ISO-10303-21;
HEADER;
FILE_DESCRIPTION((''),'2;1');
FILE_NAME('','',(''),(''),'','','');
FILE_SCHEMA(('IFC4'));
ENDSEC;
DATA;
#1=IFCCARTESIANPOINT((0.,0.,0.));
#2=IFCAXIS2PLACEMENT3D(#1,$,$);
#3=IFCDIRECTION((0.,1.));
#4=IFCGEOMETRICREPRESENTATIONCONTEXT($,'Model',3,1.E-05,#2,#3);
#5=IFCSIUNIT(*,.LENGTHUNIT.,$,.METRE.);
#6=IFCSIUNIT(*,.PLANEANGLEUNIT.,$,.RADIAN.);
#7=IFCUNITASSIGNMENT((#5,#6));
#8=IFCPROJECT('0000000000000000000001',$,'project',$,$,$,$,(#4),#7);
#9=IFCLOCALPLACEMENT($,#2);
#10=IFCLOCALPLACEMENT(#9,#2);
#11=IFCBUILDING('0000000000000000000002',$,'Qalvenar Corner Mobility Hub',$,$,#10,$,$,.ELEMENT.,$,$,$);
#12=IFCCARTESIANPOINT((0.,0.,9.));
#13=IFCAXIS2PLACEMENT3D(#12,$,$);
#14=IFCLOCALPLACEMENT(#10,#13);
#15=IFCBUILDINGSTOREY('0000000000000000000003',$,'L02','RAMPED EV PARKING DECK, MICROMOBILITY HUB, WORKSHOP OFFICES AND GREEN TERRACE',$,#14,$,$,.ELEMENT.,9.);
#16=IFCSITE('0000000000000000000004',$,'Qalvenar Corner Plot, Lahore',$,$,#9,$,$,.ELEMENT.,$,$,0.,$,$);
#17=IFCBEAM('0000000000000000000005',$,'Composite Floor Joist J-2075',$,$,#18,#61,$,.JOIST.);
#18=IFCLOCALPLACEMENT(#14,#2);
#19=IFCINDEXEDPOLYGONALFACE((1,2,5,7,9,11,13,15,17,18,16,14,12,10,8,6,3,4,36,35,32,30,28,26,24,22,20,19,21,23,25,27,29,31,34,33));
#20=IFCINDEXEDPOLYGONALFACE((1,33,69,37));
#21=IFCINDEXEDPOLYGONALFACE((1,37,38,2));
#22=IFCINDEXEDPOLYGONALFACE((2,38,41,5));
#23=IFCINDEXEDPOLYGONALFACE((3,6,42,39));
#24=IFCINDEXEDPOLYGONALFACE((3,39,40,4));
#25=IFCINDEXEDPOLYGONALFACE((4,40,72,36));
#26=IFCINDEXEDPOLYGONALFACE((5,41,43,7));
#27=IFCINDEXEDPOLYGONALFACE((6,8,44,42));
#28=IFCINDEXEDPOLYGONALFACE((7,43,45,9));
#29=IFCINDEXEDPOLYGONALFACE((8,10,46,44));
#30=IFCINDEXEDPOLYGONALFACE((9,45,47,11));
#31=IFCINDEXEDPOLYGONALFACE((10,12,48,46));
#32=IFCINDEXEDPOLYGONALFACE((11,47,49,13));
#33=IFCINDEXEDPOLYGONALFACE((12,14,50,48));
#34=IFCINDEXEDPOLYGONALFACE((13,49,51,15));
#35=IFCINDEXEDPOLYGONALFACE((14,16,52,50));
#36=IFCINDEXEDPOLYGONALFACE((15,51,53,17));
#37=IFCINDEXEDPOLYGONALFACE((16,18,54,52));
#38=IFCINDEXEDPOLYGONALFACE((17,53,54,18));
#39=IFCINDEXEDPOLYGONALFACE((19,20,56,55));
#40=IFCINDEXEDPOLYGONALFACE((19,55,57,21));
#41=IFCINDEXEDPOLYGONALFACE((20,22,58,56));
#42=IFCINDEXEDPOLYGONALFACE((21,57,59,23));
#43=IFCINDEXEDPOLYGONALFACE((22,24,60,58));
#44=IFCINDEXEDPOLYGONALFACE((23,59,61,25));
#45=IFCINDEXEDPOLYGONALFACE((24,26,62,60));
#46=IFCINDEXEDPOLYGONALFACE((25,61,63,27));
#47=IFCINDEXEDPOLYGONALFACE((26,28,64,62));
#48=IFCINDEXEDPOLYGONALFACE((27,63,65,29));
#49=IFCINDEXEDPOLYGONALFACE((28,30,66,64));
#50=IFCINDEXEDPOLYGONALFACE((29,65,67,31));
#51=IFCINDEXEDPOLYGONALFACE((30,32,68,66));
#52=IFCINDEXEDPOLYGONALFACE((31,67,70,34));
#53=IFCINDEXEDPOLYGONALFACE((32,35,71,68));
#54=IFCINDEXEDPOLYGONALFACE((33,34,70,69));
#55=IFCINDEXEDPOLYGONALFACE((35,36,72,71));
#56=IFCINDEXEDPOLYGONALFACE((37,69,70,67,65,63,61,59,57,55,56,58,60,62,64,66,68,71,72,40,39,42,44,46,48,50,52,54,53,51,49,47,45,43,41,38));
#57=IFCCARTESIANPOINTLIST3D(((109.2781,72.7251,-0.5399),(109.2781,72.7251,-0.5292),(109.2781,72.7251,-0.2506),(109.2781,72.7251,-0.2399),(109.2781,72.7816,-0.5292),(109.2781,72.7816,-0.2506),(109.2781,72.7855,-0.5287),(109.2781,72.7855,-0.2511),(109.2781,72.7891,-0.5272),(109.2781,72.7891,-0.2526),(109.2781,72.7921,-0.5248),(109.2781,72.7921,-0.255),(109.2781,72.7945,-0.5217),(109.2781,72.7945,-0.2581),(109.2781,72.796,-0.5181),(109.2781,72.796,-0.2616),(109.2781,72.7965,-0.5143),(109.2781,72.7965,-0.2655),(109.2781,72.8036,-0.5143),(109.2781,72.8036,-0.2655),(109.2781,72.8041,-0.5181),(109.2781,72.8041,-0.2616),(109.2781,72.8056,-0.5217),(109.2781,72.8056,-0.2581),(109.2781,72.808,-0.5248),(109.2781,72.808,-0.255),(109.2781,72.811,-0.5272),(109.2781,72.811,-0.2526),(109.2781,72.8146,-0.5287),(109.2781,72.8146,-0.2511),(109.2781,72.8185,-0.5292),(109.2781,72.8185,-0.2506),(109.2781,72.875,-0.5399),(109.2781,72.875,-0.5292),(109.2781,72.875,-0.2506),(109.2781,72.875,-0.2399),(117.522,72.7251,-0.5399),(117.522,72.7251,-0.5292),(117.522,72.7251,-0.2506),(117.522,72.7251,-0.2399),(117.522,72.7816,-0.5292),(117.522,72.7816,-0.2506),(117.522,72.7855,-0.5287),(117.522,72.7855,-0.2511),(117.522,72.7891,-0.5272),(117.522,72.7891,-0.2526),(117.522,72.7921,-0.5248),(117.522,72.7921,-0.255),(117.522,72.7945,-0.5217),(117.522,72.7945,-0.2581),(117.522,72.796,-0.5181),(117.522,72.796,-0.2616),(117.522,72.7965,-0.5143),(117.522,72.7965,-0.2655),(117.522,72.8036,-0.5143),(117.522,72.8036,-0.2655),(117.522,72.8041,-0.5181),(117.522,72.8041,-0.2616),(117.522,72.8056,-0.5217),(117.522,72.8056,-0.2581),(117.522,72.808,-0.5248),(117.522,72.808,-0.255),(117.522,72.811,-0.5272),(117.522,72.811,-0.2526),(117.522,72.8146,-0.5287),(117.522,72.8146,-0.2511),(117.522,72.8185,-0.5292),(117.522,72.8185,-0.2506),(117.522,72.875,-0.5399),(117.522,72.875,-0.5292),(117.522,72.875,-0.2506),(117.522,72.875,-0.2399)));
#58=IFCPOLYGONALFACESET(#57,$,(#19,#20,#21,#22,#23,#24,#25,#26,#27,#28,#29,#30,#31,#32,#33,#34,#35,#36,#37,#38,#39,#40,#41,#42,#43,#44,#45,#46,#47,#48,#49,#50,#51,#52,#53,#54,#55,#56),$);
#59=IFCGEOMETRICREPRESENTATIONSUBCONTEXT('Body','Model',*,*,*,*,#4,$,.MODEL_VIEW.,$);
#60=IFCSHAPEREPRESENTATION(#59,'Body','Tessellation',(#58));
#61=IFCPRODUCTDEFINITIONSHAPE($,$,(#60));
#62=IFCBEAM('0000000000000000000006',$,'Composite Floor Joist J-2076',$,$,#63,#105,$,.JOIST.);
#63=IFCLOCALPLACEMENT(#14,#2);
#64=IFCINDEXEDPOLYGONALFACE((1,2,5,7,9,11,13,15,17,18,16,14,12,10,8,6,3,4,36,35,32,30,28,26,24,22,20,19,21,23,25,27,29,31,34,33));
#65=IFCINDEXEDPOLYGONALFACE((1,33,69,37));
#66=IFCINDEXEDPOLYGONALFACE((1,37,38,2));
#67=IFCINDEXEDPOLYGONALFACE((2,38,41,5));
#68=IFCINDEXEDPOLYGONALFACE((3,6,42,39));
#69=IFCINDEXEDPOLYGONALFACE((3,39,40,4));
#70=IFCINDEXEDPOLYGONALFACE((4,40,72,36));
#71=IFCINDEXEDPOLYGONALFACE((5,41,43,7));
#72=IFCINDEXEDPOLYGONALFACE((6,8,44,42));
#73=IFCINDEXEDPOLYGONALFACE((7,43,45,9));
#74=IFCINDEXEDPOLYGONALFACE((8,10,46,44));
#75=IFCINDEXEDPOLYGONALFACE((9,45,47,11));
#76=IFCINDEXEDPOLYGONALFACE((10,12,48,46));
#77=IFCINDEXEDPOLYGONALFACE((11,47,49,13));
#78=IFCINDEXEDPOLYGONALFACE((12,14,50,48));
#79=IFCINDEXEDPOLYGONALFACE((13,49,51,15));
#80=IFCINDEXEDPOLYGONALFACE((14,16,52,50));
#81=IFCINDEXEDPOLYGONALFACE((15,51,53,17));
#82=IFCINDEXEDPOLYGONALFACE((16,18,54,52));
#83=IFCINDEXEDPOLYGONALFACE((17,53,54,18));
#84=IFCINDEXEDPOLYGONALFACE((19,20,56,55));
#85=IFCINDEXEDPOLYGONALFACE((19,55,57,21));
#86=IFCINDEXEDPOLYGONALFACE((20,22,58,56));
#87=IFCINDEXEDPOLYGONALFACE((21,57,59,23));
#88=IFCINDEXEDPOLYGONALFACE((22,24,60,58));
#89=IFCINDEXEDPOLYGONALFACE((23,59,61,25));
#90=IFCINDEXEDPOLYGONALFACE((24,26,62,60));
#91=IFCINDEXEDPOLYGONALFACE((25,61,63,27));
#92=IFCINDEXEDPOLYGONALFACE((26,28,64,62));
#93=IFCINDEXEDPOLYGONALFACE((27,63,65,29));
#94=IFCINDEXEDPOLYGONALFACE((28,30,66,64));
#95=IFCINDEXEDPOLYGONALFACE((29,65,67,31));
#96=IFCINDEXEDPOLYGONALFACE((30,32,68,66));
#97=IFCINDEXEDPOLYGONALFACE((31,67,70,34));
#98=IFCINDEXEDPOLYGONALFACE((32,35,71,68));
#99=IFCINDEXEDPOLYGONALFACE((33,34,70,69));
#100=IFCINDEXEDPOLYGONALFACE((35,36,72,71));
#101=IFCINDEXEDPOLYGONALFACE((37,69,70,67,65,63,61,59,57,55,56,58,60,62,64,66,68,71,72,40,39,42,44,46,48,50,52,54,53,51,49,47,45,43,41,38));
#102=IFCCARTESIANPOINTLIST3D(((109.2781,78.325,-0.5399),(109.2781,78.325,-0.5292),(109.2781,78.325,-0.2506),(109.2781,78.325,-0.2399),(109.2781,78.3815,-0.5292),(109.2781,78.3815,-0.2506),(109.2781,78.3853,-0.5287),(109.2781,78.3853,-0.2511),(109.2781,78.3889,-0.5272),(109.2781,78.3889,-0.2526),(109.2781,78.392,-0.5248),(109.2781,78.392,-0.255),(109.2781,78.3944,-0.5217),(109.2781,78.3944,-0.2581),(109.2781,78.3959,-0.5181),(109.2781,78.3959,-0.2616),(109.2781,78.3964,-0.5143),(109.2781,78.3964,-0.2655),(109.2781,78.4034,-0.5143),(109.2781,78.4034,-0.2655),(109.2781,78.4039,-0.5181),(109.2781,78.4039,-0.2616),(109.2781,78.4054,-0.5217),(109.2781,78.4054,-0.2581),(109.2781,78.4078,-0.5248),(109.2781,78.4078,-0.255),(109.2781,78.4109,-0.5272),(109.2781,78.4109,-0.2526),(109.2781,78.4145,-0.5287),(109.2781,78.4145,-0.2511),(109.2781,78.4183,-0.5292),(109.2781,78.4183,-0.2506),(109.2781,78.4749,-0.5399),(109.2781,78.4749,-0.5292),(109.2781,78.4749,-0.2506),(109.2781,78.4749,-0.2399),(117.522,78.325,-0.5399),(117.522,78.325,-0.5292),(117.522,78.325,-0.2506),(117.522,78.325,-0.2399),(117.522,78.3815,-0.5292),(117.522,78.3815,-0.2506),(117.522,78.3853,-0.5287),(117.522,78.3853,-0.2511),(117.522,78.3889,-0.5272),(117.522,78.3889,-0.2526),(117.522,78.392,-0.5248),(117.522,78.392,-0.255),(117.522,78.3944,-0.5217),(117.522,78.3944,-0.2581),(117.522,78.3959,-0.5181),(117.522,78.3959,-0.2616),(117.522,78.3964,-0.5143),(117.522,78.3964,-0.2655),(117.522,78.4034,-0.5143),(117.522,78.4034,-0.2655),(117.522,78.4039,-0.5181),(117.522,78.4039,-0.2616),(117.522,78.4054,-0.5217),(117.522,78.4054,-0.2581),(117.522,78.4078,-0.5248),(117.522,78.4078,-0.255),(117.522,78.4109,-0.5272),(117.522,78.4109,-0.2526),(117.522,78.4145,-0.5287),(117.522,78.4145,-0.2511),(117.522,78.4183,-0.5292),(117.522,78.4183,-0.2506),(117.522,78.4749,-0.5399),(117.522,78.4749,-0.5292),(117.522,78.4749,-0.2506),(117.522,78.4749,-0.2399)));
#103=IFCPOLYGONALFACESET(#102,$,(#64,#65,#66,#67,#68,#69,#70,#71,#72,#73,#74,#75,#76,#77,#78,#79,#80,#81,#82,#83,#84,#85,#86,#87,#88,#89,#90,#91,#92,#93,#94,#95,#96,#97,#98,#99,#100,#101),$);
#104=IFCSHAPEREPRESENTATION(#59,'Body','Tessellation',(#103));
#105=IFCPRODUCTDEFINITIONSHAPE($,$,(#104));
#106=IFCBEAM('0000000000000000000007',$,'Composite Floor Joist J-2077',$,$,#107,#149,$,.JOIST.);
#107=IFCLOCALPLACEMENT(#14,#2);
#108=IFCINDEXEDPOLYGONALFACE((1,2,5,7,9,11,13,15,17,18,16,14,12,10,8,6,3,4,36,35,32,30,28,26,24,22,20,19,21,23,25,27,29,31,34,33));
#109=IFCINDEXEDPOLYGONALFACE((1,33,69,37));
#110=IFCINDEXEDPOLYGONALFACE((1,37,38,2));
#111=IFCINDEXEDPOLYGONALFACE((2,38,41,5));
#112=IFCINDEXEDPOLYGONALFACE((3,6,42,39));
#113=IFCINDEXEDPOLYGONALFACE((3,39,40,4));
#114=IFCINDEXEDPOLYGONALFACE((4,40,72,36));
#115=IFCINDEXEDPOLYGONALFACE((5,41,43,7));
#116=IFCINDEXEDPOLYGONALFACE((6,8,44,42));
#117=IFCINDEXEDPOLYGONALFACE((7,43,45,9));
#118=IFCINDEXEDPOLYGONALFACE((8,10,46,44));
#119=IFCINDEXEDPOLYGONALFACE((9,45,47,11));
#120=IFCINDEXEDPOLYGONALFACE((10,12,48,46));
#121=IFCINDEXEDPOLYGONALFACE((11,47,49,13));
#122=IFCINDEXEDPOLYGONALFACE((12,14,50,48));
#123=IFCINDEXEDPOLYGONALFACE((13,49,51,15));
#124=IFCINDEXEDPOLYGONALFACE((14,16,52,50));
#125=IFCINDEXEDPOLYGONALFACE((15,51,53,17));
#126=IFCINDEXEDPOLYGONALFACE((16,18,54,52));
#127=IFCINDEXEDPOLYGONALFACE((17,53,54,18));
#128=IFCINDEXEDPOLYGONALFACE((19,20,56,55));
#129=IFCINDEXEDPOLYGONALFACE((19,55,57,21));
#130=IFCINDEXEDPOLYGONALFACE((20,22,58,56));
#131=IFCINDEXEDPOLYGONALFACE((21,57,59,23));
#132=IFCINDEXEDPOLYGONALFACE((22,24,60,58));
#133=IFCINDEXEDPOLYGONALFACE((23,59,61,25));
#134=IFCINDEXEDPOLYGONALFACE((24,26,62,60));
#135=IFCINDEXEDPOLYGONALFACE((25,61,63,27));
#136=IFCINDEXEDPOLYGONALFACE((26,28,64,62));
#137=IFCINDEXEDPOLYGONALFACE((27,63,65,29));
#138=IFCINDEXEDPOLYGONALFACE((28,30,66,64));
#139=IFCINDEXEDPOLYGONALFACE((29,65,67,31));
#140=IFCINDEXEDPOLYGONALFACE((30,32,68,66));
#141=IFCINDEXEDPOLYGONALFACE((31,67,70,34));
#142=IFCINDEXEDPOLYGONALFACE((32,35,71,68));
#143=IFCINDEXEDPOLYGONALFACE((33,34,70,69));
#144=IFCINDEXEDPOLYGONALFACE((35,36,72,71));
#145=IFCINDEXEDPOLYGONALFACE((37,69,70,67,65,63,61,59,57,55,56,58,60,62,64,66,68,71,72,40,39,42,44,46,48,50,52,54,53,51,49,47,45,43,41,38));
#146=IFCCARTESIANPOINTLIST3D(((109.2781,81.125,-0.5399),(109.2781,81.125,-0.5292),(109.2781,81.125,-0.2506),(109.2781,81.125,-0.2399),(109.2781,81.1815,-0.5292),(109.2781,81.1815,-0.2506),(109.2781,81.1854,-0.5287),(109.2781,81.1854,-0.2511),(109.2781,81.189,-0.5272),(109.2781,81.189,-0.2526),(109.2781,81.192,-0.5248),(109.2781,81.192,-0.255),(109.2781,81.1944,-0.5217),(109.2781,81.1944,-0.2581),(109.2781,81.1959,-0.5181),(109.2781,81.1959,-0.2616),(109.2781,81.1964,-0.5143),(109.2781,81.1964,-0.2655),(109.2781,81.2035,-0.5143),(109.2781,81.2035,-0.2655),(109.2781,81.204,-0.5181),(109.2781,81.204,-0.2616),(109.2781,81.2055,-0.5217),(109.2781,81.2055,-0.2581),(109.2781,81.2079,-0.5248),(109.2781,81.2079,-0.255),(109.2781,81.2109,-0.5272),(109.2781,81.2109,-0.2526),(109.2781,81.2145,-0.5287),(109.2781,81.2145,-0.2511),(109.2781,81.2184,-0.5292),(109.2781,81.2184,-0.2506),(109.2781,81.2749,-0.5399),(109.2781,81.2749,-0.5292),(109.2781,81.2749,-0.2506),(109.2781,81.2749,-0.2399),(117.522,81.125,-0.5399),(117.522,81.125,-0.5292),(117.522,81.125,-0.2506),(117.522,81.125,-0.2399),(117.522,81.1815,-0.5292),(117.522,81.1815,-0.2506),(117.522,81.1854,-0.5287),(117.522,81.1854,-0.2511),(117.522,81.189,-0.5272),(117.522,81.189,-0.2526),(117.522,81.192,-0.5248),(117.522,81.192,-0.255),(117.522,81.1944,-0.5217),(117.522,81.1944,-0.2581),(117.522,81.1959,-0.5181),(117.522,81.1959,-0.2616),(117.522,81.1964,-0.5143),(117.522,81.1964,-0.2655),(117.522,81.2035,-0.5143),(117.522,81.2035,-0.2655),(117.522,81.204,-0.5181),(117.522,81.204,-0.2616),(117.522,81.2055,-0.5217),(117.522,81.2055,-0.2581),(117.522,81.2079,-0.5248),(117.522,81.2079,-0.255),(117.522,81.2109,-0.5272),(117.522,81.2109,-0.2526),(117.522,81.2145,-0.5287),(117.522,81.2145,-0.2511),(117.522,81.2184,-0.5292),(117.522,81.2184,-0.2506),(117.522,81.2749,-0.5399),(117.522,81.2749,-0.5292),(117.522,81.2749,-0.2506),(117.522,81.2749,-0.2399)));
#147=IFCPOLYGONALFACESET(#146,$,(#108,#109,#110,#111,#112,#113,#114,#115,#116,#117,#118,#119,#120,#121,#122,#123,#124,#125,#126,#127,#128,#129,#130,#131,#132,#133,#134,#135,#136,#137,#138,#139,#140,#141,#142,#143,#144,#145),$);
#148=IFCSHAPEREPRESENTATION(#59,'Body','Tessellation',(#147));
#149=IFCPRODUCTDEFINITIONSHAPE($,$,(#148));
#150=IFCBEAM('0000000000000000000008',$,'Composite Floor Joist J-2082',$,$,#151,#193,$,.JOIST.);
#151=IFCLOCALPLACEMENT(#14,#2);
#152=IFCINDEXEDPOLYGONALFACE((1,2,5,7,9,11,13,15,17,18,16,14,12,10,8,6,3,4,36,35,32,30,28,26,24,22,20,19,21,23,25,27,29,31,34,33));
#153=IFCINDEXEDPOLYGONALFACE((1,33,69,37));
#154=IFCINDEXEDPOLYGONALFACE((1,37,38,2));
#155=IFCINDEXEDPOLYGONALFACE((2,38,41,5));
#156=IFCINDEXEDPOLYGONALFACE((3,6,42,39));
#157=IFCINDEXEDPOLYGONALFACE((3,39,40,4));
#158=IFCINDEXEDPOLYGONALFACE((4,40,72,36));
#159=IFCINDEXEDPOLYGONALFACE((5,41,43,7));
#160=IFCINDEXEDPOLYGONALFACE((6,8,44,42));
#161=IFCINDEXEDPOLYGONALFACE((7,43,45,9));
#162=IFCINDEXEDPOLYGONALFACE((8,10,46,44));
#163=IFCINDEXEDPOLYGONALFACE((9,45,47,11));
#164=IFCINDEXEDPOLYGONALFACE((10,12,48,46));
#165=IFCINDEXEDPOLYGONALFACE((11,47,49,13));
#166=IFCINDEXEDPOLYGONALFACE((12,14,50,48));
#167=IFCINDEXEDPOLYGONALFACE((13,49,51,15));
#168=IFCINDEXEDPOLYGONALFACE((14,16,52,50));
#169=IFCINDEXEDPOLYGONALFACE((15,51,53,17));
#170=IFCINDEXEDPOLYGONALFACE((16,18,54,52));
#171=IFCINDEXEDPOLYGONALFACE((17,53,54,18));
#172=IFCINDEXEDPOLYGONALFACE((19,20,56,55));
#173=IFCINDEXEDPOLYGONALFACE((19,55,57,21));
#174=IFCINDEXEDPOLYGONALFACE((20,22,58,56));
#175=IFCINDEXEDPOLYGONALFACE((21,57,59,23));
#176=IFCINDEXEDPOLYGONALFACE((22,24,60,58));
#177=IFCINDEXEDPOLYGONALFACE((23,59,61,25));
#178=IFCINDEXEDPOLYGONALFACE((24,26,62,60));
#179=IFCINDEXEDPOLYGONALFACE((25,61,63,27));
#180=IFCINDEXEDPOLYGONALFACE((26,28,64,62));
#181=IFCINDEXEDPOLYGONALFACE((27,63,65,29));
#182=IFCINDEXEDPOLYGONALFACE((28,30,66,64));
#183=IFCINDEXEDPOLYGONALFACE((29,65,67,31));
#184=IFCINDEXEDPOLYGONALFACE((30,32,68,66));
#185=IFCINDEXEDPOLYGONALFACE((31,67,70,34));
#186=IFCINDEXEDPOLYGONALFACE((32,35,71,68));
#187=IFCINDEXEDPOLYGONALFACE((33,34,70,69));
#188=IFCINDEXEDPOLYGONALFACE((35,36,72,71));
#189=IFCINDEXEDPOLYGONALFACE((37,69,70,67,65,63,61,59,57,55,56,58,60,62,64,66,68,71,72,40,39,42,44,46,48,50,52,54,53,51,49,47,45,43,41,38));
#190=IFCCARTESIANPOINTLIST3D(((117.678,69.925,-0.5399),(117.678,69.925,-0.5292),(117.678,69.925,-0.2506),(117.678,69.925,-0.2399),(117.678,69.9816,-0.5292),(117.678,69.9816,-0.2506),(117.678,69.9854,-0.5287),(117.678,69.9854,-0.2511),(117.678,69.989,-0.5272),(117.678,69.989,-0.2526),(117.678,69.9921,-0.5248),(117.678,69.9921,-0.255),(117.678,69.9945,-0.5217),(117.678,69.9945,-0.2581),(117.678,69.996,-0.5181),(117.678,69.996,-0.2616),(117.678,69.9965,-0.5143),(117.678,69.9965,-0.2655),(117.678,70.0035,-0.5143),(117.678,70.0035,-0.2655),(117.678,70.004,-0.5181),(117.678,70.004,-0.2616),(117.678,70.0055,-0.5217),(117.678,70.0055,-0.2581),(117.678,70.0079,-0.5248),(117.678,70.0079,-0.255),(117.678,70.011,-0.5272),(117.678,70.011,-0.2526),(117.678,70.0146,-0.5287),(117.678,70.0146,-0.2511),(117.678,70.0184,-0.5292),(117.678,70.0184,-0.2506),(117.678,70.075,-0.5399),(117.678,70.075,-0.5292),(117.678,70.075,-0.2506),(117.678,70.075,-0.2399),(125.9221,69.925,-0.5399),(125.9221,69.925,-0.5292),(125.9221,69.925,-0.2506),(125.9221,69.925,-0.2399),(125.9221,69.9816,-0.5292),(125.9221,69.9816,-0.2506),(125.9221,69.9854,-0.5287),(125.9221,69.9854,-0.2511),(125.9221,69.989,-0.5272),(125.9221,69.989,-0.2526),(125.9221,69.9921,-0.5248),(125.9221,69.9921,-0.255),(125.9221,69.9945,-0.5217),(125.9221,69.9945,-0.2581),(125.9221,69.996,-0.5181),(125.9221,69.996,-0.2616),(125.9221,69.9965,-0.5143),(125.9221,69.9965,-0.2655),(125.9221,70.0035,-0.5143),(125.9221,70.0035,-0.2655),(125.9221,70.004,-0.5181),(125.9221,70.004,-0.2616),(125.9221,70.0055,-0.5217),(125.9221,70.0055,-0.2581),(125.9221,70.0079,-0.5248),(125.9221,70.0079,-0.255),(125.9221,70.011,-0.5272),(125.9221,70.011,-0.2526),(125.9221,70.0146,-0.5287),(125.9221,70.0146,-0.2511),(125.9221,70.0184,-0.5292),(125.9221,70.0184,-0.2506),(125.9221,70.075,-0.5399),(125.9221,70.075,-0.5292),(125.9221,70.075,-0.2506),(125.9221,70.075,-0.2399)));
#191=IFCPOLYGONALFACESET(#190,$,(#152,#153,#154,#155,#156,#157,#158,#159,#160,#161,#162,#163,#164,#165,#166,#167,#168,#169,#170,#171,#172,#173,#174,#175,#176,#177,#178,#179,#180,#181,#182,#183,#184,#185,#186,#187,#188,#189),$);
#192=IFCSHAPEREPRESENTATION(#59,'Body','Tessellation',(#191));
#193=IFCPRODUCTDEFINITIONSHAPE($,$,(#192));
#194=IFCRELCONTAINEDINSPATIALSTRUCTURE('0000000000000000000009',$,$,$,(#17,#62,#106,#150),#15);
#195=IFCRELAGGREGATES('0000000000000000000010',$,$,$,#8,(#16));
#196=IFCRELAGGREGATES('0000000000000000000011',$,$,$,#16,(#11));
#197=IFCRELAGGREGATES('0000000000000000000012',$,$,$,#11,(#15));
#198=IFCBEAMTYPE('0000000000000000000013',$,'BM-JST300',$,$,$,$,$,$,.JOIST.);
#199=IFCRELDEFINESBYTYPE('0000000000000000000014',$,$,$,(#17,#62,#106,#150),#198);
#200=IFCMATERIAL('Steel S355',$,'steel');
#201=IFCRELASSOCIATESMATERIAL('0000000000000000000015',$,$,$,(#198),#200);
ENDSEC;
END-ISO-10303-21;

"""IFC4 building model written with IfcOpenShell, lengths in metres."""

from ifc_helpers import new_model, si_unit, direction, frame, origin, origin_2d, place, context, subcontext, project, spatial, i_section, extrude, material, material_profile, profile_set, type_object, element, save


model = new_model("IFC4")

# Units and contexts
model_context = context("Model", 3, precision=1e-05, world=origin(), true_north=direction((0.0, 1.0)))
body_context = subcontext(model_context, "Body", "Model", "MODEL_VIEW")
ifc_project = project(units=[si_unit("LENGTHUNIT", "METRE"), si_unit("PLANEANGLEUNIT", "RADIAN")], contexts=[model_context])

# Site, building, storey
site_placement = place(None, origin())
site = spatial("IfcSite", under=ifc_project, at=site_placement, Name="Qalvenar Corner Plot, Lahore", CompositionType="ELEMENT", RefElevation=0.0)
building_placement = place(site_placement, origin())
building = spatial("IfcBuilding", under=site, at=building_placement, Name="Qalvenar Corner Mobility Hub", CompositionType="ELEMENT")
storey_placement = place(building_placement, frame((0.0, 0.0, 9.0)))
storey = spatial("IfcBuildingStorey", under=building, at=storey_placement, Name="L02", Description="RAMPED EV PARKING DECK, MICROMOBILITY HUB, WORKSHOP OFFICES AND GREEN TERRACE", CompositionType="ELEMENT", Elevation=9.0)

# Shared definitions
ifc_material = material(Name="Steel S355", Category="steel")

# Beams
ifc_material_profile_1 = material_profile(ifc_material, i_section(OverallWidth=0.1499, OverallDepth=0.3, WebThickness=0.0071, FlangeThickness=0.0107, FilletRadius=0.0149, at=origin_2d()), Name="IPE300")
ifc_profile_set_1 = profile_set([ifc_material_profile_1], Name="Steel S355")
beam_type_1 = type_object("IfcBeamType", Name="BM-JST300", PredefinedType="JOIST", material=ifc_profile_set_1)
for number, where, z_axis, x_axis, name in (
    (1, (109.2781, 72.8, -0.3899), (1.0, 0.0, 0.0), (0.0, 1.0, 0.0), "Composite Floor Joist J-2075"),
    (2, (109.2781, 78.3999, -0.3899), (1.0, 0.0, 0.0), (0.0, 1.0, 0.0), "Composite Floor Joist J-2076"),
    (3, (109.2781, 81.2, -0.3899), (1.0, 0.0, 0.0), (0.0, 1.0, 0.0), "Composite Floor Joist J-2077"),
):
    element("IfcBeam", number, at=place(storey_placement, frame(where, z_axis=z_axis, x_axis=x_axis)), inside=storey, type_object=beam_type_1, Name=name, PredefinedType="JOIST", context=body_context, shape_type="SweptSolid", body=[
        extrude(i_section(OverallWidth=0.1499, OverallDepth=0.3, WebThickness=0.0071, FlangeThickness=0.0107, FilletRadius=0.0149, at=origin_2d()), origin(), (0.0, 0.0, 1.0), 8.2439),
    ])
for number, where, z_axis, x_axis, name in (
    (4, (117.678, 70.0, -0.3899), (1.0, 0.0, 0.0), (0.0, 1.0, 0.0), "Composite Floor Joist J-2082"),
):
    element("IfcBeam", number, at=place(storey_placement, frame(where, z_axis=z_axis, x_axis=x_axis)), inside=storey, type_object=beam_type_1, Name=name, PredefinedType="JOIST", context=body_context, shape_type="SweptSolid", body=[
        extrude(i_section(OverallWidth=0.1499, OverallDepth=0.3, WebThickness=0.0071, FlangeThickness=0.0107, FilletRadius=0.0149, at=origin_2d()), origin(), (0.0, 0.0, 1.0), 8.2441),
    ])

save(model, "model.ifc")
